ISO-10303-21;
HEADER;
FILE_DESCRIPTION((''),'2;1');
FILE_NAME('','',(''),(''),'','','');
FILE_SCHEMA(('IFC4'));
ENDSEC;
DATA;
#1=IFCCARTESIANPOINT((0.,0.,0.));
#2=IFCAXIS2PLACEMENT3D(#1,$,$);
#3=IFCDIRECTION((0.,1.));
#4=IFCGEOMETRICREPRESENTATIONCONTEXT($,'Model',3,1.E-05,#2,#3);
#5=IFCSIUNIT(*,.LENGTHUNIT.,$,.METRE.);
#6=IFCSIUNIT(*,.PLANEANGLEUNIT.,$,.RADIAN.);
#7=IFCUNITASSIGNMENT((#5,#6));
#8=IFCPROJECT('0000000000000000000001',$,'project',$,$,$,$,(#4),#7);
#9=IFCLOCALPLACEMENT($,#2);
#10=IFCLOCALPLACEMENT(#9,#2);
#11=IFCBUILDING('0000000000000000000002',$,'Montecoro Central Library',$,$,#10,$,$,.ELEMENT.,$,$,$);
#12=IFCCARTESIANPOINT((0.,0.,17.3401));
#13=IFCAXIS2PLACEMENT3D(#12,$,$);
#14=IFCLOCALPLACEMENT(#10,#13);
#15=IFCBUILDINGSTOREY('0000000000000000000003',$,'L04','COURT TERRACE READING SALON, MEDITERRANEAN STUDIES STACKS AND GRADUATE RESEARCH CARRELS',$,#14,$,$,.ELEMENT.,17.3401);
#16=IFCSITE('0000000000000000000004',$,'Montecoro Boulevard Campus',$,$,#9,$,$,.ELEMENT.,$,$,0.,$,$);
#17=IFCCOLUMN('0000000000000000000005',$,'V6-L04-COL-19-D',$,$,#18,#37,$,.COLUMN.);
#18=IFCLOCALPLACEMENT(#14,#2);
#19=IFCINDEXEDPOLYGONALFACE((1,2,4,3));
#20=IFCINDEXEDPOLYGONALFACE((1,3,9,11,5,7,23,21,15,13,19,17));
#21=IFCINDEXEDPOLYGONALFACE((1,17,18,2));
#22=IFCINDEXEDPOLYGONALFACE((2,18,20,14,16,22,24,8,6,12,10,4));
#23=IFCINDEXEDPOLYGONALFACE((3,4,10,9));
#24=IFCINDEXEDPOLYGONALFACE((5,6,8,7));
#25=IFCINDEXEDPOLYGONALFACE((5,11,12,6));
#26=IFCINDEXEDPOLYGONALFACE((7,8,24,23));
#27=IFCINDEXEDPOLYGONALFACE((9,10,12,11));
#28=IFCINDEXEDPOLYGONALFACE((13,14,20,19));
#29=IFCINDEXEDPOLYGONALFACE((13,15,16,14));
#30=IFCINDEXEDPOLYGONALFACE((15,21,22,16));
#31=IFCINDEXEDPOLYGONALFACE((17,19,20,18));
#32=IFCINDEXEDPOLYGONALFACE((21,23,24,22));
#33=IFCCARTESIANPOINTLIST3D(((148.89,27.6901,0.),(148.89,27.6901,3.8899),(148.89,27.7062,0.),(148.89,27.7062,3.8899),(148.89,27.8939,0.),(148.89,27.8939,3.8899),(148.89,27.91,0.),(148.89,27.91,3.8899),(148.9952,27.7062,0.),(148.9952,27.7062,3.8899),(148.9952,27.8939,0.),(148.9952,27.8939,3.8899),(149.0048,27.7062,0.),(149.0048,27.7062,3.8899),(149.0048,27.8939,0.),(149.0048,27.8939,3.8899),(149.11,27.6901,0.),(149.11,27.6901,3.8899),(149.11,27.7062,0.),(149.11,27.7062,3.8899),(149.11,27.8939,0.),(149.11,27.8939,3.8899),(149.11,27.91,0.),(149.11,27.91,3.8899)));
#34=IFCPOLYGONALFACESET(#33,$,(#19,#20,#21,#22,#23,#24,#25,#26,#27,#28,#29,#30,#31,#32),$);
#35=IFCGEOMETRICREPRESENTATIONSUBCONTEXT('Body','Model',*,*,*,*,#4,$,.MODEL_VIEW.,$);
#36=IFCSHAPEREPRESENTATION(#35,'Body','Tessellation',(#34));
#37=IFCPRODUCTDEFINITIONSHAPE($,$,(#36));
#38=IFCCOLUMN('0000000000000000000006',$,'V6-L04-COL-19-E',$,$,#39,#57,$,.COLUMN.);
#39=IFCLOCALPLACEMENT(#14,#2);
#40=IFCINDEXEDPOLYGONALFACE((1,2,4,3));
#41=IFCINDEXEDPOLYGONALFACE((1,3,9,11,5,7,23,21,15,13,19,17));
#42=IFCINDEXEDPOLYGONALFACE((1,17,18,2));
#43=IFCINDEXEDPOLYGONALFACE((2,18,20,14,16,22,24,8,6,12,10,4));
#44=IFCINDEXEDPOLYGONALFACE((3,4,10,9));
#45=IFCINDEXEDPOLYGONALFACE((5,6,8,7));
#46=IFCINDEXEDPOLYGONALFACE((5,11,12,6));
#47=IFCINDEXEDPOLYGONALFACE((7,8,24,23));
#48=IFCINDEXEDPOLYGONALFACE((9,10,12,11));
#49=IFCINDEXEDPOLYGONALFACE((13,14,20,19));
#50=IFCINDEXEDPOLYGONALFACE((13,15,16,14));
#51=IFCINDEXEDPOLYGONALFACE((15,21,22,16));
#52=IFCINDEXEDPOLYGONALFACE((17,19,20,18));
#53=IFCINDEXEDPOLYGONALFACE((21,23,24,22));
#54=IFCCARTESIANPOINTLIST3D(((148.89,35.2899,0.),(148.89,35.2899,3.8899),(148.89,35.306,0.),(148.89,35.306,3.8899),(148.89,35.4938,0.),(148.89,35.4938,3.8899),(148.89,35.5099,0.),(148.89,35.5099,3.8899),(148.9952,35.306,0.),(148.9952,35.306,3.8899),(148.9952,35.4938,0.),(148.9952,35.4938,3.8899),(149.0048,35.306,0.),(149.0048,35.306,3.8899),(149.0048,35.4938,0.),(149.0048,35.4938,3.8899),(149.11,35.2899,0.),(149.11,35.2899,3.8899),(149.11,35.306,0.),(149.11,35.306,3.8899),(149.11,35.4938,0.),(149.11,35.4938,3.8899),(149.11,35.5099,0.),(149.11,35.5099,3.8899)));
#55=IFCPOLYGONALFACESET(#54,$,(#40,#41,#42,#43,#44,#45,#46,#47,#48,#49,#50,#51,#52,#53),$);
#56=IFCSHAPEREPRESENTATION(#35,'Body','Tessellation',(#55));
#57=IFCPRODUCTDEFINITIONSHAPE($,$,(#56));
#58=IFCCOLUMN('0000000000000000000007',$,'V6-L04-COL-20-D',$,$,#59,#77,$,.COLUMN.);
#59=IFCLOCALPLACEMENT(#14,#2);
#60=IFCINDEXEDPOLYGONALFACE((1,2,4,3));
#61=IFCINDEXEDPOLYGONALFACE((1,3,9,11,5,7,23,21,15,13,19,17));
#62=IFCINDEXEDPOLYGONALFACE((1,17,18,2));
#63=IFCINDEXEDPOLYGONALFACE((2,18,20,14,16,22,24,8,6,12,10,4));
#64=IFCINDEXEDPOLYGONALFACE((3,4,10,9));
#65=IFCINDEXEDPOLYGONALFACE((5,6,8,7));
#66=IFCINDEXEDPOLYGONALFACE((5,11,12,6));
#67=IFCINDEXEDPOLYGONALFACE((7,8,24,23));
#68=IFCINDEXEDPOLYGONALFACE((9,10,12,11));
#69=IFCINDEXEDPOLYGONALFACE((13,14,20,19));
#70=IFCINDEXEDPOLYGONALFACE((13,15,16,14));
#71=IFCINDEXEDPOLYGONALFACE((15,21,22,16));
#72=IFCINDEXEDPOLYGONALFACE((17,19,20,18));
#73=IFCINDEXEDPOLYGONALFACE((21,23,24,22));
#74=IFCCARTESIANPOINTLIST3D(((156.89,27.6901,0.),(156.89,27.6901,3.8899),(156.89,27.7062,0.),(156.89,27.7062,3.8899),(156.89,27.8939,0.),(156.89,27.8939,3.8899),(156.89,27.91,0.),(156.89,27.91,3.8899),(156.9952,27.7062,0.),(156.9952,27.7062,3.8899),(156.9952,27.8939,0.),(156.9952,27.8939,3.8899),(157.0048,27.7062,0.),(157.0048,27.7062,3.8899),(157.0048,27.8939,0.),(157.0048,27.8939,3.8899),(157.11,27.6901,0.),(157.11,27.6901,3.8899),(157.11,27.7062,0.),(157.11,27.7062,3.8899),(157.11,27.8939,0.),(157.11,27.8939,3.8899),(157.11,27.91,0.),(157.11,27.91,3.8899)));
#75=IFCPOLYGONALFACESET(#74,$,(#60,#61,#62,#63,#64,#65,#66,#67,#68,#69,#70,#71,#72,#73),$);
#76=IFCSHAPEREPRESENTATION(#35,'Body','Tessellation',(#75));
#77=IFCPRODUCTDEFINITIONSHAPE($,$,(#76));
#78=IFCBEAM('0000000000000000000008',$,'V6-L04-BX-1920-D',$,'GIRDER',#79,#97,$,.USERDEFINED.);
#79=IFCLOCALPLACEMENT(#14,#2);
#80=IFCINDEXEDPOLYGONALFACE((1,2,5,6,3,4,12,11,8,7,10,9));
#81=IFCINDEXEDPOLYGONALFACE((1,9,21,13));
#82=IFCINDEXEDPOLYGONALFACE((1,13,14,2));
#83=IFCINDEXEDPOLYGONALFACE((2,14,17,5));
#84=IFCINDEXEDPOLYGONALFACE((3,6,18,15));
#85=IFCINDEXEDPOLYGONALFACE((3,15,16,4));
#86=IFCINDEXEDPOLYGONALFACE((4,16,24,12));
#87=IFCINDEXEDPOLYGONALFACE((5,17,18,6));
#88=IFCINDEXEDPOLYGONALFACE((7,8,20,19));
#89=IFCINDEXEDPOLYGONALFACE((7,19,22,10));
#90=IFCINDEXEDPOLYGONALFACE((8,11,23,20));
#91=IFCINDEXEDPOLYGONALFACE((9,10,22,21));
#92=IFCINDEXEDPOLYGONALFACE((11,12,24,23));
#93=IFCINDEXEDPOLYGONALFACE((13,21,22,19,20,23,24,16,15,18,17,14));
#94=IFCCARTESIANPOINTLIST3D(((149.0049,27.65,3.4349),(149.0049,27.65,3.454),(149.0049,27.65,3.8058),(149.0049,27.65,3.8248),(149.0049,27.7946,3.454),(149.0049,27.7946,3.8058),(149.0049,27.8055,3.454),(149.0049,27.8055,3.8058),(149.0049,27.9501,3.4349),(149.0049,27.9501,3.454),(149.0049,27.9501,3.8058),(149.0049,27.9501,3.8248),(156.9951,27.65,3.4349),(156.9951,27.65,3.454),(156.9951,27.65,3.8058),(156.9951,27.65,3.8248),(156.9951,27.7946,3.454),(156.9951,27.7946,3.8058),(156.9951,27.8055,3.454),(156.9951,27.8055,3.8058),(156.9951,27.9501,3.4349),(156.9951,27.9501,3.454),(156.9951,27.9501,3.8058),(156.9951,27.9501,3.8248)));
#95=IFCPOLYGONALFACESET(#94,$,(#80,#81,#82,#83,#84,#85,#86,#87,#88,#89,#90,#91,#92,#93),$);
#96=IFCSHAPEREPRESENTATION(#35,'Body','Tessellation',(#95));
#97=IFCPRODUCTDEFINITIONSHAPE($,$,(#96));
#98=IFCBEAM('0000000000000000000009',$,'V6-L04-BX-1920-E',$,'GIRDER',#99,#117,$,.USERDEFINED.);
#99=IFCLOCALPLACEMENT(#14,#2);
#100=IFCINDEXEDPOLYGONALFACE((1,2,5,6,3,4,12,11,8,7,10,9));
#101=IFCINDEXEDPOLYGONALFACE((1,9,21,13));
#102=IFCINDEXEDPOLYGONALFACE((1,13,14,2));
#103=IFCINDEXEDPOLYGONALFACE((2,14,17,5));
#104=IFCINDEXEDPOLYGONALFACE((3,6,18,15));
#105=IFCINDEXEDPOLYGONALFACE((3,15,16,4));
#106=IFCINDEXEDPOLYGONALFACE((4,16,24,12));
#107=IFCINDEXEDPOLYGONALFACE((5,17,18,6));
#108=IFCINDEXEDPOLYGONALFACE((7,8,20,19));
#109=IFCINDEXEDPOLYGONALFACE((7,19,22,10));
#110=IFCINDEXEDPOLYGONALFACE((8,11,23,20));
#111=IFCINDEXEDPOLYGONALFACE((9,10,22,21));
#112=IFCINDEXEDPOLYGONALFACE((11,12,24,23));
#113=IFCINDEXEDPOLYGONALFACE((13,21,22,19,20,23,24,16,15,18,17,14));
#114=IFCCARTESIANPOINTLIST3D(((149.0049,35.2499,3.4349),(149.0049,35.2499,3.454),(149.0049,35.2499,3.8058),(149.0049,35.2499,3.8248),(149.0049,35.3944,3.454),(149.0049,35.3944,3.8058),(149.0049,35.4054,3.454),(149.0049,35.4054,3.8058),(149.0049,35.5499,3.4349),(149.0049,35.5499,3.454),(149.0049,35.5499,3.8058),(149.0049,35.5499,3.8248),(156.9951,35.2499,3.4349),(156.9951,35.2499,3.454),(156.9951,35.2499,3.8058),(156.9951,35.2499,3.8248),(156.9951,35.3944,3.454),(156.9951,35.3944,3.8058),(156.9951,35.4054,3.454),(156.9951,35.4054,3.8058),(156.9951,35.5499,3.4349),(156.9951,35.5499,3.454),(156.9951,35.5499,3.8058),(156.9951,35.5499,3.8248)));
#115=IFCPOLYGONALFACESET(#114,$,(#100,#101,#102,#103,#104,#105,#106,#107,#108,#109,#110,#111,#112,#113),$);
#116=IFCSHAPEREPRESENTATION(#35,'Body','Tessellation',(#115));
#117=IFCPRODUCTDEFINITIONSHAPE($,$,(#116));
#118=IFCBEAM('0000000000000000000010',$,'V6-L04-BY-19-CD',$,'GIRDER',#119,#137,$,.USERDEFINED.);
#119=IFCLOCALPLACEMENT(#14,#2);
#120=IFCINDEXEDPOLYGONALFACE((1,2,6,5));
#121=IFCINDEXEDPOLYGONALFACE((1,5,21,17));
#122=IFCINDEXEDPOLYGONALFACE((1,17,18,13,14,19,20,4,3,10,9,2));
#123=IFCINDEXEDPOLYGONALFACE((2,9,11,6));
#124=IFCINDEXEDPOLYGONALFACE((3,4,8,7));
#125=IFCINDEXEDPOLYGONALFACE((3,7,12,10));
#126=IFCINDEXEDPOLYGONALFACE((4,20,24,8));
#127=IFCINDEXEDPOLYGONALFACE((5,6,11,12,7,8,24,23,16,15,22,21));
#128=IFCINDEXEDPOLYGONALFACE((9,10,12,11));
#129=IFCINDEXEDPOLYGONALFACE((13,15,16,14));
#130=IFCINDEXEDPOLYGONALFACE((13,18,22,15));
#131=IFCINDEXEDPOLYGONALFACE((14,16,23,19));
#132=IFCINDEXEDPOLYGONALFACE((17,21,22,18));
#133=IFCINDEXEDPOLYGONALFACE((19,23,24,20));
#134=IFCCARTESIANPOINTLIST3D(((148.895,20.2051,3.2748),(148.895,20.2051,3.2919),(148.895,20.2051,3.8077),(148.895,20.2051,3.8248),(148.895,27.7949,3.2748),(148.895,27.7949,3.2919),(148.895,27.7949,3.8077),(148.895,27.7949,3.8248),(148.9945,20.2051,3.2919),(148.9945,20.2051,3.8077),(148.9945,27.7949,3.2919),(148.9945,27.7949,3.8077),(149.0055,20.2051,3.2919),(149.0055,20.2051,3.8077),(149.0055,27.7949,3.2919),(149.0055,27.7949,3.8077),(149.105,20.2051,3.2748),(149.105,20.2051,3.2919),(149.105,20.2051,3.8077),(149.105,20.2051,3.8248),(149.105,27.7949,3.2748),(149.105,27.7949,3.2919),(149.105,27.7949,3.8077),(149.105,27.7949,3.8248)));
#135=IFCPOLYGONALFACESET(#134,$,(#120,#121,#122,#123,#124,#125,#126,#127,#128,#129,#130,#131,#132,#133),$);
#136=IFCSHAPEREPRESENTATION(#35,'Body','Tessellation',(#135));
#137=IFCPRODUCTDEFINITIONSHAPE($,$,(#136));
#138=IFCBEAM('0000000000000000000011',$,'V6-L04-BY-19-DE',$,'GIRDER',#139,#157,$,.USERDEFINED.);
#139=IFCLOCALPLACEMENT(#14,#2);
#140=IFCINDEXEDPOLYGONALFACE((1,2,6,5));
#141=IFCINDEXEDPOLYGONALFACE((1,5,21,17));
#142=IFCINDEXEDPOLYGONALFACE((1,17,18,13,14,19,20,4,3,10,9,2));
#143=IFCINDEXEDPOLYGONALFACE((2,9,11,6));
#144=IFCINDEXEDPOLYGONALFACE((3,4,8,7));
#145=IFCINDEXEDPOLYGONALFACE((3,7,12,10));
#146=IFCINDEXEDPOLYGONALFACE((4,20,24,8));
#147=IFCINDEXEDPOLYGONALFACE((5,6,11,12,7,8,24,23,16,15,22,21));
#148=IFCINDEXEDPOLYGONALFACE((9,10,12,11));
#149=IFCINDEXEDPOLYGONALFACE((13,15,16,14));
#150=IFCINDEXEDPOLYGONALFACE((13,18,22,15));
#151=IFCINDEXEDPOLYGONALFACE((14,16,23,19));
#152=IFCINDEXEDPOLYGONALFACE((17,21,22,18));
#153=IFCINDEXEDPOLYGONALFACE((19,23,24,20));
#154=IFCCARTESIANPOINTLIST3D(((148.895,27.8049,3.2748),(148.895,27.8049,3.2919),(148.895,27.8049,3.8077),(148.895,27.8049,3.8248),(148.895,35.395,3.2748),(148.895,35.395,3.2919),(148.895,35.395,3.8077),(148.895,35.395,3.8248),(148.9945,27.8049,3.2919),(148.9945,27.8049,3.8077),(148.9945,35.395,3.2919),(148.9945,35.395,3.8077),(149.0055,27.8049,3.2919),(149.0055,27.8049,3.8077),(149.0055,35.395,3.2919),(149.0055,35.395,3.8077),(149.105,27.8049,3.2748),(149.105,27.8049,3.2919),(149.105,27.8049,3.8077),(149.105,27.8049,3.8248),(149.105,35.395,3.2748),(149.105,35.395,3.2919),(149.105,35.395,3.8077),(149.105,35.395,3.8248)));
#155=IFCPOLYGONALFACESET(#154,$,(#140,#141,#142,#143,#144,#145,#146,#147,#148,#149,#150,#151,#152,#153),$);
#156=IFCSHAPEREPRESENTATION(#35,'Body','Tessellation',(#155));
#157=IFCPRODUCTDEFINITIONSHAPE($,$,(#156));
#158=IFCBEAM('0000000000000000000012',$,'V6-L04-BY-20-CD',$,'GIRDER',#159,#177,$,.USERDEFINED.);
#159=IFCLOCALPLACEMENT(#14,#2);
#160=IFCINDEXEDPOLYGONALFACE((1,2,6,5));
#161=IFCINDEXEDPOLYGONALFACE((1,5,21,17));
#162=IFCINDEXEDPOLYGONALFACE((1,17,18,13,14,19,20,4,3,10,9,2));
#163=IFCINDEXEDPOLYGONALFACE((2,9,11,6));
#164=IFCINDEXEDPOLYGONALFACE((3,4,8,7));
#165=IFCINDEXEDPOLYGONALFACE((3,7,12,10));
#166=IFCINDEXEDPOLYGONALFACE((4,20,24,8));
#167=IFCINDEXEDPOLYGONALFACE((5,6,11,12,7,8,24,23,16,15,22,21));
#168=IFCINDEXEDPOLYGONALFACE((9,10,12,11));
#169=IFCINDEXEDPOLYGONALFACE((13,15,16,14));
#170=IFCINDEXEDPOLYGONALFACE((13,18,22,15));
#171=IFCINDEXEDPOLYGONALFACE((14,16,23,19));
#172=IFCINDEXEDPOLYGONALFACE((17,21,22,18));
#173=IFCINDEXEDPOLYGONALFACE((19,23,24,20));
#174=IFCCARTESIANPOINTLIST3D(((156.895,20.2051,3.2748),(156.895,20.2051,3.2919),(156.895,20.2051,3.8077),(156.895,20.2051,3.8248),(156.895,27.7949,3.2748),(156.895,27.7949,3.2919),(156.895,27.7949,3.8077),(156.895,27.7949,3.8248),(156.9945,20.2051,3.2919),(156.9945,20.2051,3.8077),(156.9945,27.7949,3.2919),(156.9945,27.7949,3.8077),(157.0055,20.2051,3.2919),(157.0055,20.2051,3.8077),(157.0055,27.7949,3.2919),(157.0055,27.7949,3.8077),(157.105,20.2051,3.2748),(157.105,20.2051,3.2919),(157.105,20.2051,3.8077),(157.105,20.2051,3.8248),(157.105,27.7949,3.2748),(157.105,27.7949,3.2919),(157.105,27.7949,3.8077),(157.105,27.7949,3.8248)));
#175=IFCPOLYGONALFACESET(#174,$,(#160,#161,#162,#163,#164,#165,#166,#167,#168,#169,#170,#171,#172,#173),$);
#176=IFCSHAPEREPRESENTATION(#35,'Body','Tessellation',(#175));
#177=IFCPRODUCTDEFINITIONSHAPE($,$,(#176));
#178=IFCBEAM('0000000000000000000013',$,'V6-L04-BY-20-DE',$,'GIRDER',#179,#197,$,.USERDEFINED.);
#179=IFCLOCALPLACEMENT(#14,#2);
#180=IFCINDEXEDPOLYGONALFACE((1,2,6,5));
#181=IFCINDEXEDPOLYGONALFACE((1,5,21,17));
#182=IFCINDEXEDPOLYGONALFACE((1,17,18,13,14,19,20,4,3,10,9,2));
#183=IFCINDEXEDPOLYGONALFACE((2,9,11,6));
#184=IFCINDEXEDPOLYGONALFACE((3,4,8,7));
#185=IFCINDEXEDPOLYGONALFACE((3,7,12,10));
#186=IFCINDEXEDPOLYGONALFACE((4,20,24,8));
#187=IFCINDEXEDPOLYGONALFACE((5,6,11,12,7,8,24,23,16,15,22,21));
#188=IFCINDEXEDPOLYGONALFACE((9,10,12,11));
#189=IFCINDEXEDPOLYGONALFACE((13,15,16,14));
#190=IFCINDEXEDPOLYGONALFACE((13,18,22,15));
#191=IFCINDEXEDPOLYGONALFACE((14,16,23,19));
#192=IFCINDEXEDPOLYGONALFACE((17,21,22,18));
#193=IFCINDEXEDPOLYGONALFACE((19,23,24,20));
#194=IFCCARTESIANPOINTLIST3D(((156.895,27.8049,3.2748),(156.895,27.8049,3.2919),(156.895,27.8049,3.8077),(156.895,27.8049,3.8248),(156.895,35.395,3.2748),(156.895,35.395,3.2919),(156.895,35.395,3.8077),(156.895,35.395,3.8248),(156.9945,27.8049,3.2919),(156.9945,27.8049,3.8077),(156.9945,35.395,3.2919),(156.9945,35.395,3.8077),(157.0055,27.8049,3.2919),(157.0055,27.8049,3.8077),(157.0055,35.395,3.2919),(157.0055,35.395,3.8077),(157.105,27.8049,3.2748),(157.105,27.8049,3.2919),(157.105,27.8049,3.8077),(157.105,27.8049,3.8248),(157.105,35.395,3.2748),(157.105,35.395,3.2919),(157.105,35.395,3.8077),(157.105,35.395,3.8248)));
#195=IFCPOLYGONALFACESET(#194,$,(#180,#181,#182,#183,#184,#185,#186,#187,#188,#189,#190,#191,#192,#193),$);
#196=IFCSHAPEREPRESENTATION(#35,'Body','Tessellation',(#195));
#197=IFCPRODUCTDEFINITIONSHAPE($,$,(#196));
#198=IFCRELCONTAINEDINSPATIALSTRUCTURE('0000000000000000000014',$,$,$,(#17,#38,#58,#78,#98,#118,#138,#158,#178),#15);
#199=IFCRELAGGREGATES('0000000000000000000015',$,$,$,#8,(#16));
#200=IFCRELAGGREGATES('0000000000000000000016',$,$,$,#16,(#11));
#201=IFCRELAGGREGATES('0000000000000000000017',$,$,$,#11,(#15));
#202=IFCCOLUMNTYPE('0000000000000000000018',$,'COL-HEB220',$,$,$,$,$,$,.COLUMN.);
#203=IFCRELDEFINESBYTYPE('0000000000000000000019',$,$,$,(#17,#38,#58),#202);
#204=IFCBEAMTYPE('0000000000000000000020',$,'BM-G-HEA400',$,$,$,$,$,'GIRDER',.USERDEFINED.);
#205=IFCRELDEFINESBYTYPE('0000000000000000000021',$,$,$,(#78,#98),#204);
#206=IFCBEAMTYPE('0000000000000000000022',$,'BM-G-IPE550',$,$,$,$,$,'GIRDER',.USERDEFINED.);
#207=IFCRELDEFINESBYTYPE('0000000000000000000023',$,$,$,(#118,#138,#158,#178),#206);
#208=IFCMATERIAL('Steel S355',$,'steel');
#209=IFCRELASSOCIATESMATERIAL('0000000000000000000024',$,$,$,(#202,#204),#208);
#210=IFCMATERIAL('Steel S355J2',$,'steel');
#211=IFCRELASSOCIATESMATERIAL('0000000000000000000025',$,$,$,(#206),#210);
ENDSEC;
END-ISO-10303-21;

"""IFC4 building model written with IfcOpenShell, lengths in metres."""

from ifc_helpers import new_model, si_unit, direction, frame, origin, origin_2d, place, context, subcontext, project, spatial, i_section, extrude, material, material_profile, profile_set, type_object, element, save


model = new_model("IFC4")

# Units and contexts
model_context = context("Model", 3, precision=1e-05, world=origin(), true_north=direction((0.0, 1.0)))
body_context = subcontext(model_context, "Body", "Model", "MODEL_VIEW")
ifc_project = project(units=[si_unit("LENGTHUNIT", "METRE"), si_unit("PLANEANGLEUNIT", "RADIAN")], contexts=[model_context])

# Site, building, storey
site_placement = place(None, origin())
site = spatial("IfcSite", under=ifc_project, at=site_placement, Name="Montecoro Boulevard Campus", CompositionType="ELEMENT", RefElevation=0.0)
building_placement = place(site_placement, origin())
building = spatial("IfcBuilding", under=site, at=building_placement, Name="Montecoro Central Library", CompositionType="ELEMENT")
storey_placement = place(building_placement, frame((0.0, 0.0, 17.3401)))
storey = spatial("IfcBuildingStorey", under=building, at=storey_placement, Name="L04", Description="COURT TERRACE READING SALON, MEDITERRANEAN STUDIES STACKS AND GRADUATE RESEARCH CARRELS", CompositionType="ELEMENT", Elevation=17.3401)

# Columns
ifc_material_1 = material(Name="Steel S355", Category="steel")
ifc_material_profile_1 = material_profile(ifc_material_1, i_section(OverallWidth=0.22, OverallDepth=0.22, WebThickness=0.0095, FlangeThickness=0.0161, at=origin_2d()), Name="HEB 220")
ifc_profile_set_1 = profile_set([ifc_material_profile_1], Name="Steel S355")
column_type = type_object("IfcColumnType", Name="COL-HEB220", PredefinedType="COLUMN", material=ifc_profile_set_1)
for number, where, z_axis, x_axis, name in (
    (1, (149.0, 27.8, 0.0), (0.0, 0.0, 1.0), (1.0, 0.0, 0.0), "V6-L04-COL-19-D"),
    (2, (149.0, 35.3999, 0.0), (0.0, 0.0, 1.0), (1.0, 0.0, 0.0), "V6-L04-COL-19-E"),
    (3, (157.0, 27.8, 0.0), (0.0, 0.0, 1.0), (1.0, 0.0, 0.0), "V6-L04-COL-20-D"),
):
    element("IfcColumn", number, at=place(storey_placement, frame(where, z_axis=z_axis, x_axis=x_axis)), inside=storey, type_object=column_type, Name=name, PredefinedType="COLUMN", context=body_context, shape_type="SweptSolid", body=[
        extrude(i_section(OverallWidth=0.22, OverallDepth=0.22, WebThickness=0.0095, FlangeThickness=0.0161, at=origin_2d()), origin(), (0.0, 0.0, 1.0), 3.8899),
    ])

# Beams
ifc_material_profile_2 = material_profile(ifc_material_1, i_section(OverallWidth=0.3, OverallDepth=0.3899, WebThickness=0.011, FlangeThickness=0.019, at=origin_2d()), Name="HEA 400")
ifc_profile_set_2 = profile_set([ifc_material_profile_2], Name="Steel S355")
beam_type_1 = type_object("IfcBeamType", Name="BM-G-HEA400", ElementType="GIRDER", PredefinedType="USERDEFINED", material=ifc_profile_set_2)
for number, where, z_axis, x_axis, name in (
    (4, (149.0049, 27.8, 3.6299), (1.0, 0.0, 0.0), (0.0, 1.0, 0.0), "V6-L04-BX-1920-D"),
    (5, (149.0049, 35.3999, 3.6299), (1.0, 0.0, 0.0), (0.0, 1.0, 0.0), "V6-L04-BX-1920-E"),
):
    element("IfcBeam", number, at=place(storey_placement, frame(where, z_axis=z_axis, x_axis=x_axis)), inside=storey, type_object=beam_type_1, Name=name, ObjectType="GIRDER", PredefinedType="USERDEFINED", context=body_context, shape_type="SweptSolid", body=[
        extrude(i_section(OverallWidth=0.3, OverallDepth=0.3899, WebThickness=0.011, FlangeThickness=0.019, at=origin_2d()), origin(), (0.0, 0.0, 1.0), 7.9902),
    ])
ifc_material_2 = material(Name="Steel S355J2", Category="steel")
ifc_material_profile_3 = material_profile(ifc_material_2, i_section(OverallWidth=0.21, OverallDepth=0.55, WebThickness=0.011, FlangeThickness=0.0171, at=origin_2d()), Name="IPE 550")
ifc_profile_set_3 = profile_set([ifc_material_profile_3], Name="Steel S355J2")
beam_type_2 = type_object("IfcBeamType", Name="BM-G-IPE550", ElementType="GIRDER", PredefinedType="USERDEFINED", material=ifc_profile_set_3)
beam_1_placement = place(storey_placement, frame((149.0, 20.2051, 3.5498), z_axis=(0.0, 1.0, 0.0), x_axis=(-1.0, 0.0, 0.0)))
element("IfcBeam", 6, at=beam_1_placement, inside=storey, type_object=beam_type_2, Name="V6-L04-BY-19-CD", ObjectType="GIRDER", PredefinedType="USERDEFINED", context=body_context, shape_type="SweptSolid", body=[
    extrude(i_section(OverallWidth=0.21, OverallDepth=0.55, WebThickness=0.011, FlangeThickness=0.0171, at=origin_2d()), origin(), (0.0, 0.0, 1.0), 7.5898),
])
beam_2_placement = place(storey_placement, frame((149.0, 27.8049, 3.5498), z_axis=(0.0, 1.0, 0.0), x_axis=(-1.0, 0.0, 0.0)))
element("IfcBeam", 7, at=beam_2_placement, inside=storey, type_object=beam_type_2, Name="V6-L04-BY-19-DE", ObjectType="GIRDER", PredefinedType="USERDEFINED", context=body_context, shape_type="SweptSolid", body=[
    extrude(i_section(OverallWidth=0.21, OverallDepth=0.55, WebThickness=0.011, FlangeThickness=0.0171, at=origin_2d()), origin(), (0.0, 0.0, 1.0), 7.5901),
])
beam_3_placement = place(storey_placement, frame((157.0, 20.2051, 3.5498), z_axis=(0.0, 1.0, 0.0), x_axis=(-1.0, 0.0, 0.0)))
element("IfcBeam", 8, at=beam_3_placement, inside=storey, type_object=beam_type_2, Name="V6-L04-BY-20-CD", ObjectType="GIRDER", PredefinedType="USERDEFINED", context=body_context, shape_type="SweptSolid", body=[
    extrude(i_section(OverallWidth=0.21, OverallDepth=0.55, WebThickness=0.011, FlangeThickness=0.0171, at=origin_2d()), origin(), (0.0, 0.0, 1.0), 7.5898),
])
beam_4_placement = place(storey_placement, frame((157.0, 27.8049, 3.5498), z_axis=(0.0, 1.0, 0.0), x_axis=(-1.0, 0.0, 0.0)))
element("IfcBeam", 9, at=beam_4_placement, inside=storey, type_object=beam_type_2, Name="V6-L04-BY-20-DE", ObjectType="GIRDER", PredefinedType="USERDEFINED", context=body_context, shape_type="SweptSolid", body=[
    extrude(i_section(OverallWidth=0.21, OverallDepth=0.55, WebThickness=0.011, FlangeThickness=0.0171, at=origin_2d()), origin(), (0.0, 0.0, 1.0), 7.5901),
])

save(model, "model.ifc")
